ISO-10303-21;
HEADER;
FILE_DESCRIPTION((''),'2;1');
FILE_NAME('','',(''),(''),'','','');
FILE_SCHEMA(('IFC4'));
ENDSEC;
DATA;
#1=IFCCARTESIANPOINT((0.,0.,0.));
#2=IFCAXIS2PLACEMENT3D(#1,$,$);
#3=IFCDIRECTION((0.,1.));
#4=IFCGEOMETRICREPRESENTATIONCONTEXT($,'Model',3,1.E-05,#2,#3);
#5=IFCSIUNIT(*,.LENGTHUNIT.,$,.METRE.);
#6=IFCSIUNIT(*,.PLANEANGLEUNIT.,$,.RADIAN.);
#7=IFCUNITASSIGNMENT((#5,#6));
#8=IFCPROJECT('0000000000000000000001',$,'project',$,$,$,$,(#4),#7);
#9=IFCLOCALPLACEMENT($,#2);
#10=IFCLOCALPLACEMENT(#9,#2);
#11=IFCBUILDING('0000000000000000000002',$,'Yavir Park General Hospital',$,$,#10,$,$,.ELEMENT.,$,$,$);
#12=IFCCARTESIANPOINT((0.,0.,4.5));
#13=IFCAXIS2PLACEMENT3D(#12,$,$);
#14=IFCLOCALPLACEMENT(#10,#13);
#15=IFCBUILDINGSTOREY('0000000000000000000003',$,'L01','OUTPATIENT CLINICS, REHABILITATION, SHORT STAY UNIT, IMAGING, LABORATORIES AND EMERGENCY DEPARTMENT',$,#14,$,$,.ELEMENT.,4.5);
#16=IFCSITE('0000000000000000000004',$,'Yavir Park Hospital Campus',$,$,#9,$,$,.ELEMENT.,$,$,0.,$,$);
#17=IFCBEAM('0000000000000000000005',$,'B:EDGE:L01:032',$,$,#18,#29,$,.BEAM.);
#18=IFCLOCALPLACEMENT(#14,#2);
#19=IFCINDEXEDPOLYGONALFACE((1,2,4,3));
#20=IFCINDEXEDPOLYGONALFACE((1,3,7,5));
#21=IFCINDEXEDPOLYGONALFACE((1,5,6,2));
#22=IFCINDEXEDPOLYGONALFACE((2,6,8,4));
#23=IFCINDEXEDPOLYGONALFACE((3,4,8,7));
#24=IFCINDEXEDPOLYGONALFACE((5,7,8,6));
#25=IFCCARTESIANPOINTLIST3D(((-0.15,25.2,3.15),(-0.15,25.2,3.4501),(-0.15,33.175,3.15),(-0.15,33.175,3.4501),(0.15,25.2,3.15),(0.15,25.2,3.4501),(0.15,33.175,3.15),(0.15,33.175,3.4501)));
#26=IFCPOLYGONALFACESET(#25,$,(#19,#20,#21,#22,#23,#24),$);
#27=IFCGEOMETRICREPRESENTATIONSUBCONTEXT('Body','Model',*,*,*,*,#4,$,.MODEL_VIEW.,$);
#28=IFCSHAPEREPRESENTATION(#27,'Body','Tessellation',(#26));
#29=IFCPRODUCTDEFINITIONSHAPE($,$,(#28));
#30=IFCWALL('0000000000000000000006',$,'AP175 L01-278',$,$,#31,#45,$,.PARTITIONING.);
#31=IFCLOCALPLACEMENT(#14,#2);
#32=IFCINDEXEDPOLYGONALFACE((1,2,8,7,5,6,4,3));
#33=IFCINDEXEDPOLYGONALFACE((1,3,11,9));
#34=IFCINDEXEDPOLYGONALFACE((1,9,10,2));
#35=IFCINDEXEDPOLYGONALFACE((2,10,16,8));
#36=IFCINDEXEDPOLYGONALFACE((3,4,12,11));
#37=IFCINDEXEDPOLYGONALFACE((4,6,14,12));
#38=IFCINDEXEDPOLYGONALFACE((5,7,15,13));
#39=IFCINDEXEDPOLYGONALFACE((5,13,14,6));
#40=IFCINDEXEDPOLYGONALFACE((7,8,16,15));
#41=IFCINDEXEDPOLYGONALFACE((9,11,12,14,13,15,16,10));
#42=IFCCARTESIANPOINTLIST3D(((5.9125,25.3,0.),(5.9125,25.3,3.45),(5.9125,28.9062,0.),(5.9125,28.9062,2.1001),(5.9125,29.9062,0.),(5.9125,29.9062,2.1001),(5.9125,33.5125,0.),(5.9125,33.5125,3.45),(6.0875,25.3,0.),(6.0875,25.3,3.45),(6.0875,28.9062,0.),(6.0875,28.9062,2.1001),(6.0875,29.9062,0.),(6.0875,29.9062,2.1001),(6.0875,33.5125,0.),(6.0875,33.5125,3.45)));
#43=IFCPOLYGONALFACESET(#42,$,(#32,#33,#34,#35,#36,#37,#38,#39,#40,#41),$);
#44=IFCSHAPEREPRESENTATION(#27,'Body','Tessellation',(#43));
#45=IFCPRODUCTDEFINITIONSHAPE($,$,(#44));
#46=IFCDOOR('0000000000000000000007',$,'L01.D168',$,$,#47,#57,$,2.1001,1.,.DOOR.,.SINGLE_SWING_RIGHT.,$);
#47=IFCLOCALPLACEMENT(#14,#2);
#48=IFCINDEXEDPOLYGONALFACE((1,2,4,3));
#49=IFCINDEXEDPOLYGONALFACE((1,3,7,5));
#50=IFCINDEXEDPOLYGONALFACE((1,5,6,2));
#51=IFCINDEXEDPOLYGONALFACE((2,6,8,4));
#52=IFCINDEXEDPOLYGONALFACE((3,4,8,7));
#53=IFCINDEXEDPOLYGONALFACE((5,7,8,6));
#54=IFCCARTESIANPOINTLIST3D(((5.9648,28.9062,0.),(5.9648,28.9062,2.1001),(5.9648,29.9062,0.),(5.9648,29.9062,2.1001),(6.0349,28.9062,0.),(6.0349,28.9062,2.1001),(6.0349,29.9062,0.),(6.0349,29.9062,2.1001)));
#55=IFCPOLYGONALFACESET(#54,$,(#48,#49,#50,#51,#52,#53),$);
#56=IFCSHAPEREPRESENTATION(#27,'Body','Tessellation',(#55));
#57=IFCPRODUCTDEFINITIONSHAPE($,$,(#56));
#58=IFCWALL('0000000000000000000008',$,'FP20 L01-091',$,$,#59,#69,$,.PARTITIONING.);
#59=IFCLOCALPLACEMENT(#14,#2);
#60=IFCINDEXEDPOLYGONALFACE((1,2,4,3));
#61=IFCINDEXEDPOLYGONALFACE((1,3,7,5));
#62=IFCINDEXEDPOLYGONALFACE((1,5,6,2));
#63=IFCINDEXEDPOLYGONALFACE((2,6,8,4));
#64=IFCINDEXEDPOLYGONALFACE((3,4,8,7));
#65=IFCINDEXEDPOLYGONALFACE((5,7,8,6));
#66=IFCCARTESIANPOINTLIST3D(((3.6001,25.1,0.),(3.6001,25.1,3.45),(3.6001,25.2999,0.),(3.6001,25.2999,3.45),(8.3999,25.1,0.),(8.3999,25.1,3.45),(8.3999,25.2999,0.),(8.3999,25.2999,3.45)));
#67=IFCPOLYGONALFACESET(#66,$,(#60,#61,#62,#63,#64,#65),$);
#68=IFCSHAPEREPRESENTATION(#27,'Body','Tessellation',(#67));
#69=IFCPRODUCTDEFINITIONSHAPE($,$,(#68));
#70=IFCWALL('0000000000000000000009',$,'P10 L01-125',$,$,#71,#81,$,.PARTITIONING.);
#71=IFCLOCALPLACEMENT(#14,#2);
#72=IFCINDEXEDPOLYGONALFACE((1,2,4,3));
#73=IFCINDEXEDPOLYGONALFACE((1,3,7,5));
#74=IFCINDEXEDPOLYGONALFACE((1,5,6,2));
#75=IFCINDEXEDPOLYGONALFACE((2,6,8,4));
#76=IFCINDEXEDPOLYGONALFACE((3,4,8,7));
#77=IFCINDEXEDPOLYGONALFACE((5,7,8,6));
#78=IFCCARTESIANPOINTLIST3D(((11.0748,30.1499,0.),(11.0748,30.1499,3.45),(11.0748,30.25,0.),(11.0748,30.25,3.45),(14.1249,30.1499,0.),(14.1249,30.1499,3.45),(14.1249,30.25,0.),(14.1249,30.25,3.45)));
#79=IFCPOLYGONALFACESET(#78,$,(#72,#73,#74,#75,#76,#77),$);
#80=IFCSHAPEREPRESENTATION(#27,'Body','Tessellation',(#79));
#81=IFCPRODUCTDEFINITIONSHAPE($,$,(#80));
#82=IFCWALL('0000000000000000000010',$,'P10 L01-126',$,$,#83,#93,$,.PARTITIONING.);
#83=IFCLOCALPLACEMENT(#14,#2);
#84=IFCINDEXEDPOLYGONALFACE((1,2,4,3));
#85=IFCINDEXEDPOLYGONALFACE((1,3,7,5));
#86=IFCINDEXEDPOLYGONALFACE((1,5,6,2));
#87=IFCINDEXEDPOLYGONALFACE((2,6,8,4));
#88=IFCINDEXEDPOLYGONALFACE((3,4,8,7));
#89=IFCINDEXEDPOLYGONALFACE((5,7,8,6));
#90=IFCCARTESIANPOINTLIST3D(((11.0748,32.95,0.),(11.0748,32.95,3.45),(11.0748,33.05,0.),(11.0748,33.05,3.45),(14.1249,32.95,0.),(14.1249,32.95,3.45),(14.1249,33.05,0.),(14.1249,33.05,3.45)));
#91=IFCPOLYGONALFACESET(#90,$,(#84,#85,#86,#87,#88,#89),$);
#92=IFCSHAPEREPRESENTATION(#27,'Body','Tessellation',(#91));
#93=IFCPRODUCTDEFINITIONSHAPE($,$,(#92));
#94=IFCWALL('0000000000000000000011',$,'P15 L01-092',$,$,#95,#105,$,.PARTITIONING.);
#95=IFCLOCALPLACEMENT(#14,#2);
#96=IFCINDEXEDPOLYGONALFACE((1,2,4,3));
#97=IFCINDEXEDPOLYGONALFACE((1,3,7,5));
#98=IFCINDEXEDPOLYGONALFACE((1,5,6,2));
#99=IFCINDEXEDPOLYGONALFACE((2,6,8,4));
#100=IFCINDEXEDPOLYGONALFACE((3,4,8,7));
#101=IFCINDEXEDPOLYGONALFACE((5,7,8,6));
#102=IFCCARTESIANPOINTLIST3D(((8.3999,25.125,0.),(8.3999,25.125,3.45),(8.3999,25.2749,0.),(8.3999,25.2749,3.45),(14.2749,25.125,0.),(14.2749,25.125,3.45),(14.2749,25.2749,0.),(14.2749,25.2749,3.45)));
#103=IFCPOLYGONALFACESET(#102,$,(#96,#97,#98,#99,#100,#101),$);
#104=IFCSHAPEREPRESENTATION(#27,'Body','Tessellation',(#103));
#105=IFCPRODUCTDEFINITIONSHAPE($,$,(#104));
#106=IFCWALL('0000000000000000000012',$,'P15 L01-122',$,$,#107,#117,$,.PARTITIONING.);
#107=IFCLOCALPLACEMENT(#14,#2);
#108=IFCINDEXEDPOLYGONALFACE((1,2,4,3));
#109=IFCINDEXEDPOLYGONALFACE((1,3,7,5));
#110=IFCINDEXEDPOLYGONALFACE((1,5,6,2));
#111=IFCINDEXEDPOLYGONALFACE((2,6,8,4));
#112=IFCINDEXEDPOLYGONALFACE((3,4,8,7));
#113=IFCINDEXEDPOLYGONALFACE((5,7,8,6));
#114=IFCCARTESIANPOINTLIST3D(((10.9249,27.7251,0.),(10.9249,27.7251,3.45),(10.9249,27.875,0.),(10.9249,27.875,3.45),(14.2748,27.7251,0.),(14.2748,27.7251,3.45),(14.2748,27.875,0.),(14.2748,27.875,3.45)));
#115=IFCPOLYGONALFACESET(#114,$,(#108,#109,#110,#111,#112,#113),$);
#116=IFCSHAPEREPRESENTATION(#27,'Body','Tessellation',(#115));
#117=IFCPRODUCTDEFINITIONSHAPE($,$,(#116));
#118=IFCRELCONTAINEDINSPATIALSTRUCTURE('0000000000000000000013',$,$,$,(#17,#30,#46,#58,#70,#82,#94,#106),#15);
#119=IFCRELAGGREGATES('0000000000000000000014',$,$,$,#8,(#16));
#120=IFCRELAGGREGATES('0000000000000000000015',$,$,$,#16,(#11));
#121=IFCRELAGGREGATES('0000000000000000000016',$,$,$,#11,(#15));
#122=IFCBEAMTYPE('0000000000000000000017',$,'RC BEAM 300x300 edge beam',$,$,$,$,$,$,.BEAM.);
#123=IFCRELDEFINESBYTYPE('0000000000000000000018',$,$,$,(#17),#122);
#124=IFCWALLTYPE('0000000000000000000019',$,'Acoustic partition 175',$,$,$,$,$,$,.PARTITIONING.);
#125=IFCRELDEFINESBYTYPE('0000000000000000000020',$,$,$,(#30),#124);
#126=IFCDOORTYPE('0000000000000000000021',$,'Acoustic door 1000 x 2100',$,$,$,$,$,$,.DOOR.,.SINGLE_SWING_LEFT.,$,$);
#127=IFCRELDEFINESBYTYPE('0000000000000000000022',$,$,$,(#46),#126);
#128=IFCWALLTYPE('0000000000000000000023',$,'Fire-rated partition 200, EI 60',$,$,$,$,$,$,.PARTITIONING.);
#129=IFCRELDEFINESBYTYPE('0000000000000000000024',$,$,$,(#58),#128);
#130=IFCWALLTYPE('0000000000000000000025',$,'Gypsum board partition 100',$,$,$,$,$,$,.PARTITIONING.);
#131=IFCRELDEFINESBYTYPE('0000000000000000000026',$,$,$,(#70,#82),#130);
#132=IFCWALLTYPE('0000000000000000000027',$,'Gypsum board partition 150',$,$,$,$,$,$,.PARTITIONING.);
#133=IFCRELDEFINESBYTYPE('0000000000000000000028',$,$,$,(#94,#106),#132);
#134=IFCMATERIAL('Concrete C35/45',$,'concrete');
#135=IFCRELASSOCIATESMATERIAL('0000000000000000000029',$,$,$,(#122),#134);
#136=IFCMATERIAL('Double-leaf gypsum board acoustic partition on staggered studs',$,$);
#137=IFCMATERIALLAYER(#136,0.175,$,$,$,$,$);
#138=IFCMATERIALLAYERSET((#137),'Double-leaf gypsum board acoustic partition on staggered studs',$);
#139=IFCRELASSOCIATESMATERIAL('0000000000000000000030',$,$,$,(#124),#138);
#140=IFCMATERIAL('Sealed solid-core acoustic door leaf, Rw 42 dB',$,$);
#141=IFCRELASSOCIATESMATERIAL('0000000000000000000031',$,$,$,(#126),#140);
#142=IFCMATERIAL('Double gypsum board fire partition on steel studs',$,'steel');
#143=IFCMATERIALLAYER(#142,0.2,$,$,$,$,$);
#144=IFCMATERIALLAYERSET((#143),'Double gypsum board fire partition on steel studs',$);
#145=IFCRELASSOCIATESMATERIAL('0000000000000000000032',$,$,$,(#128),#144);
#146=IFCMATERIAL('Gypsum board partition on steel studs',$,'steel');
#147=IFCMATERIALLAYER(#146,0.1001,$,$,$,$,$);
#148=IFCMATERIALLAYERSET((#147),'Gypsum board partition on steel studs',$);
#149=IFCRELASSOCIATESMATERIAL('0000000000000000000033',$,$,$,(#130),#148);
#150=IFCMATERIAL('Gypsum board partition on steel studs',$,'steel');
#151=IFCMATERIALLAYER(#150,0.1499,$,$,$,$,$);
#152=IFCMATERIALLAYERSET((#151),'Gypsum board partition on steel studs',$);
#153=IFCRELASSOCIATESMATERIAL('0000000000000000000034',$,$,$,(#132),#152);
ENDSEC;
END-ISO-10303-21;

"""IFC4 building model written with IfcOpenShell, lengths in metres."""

from ifc_helpers import new_model, si_unit, direction, frame, frame_2d, origin, origin_2d, place, context, subcontext, project, spatial, rectangle, extrude, material, layer, layer_set, material_profile, profile_set, type_object, element, fill, save


model = new_model("IFC4")

# Units and contexts
model_context = context("Model", 3, precision=1e-05, world=origin(), true_north=direction((0.0, 1.0)))
body_context = subcontext(model_context, "Body", "Model", "MODEL_VIEW")
ifc_project = project(units=[si_unit("LENGTHUNIT", "METRE"), si_unit("PLANEANGLEUNIT", "RADIAN")], contexts=[model_context])

# Site, building, storey
site_placement = place(None, origin())
site = spatial("IfcSite", under=ifc_project, at=site_placement, Name="Yavir Park Hospital Campus", CompositionType="ELEMENT", RefElevation=0.0)
building_placement = place(site_placement, origin())
building = spatial("IfcBuilding", under=site, at=building_placement, Name="Yavir Park General Hospital", CompositionType="ELEMENT")
storey_placement = place(building_placement, frame((0.0, 0.0, 4.5)))
storey = spatial("IfcBuildingStorey", under=building, at=storey_placement, Name="L01", Description="OUTPATIENT CLINICS, REHABILITATION, SHORT STAY UNIT, IMAGING, LABORATORIES AND EMERGENCY DEPARTMENT", CompositionType="ELEMENT", Elevation=4.5)

# Beam
ifc_material_1 = material(Name="Concrete C35/45", Category="concrete")
ifc_material_profile = material_profile(ifc_material_1, rectangle(XDim=0.3, YDim=0.3, at=origin_2d()), Name="RC300x300")
ifc_profile_set = profile_set([ifc_material_profile], Name="Concrete C35/45")
beam_type = type_object("IfcBeamType", Name="RC BEAM 300x300 edge beam", PredefinedType="BEAM", material=ifc_profile_set)
beam_placement = place(storey_placement, frame((0.0, 25.2, 3.3), z_axis=(0.0, 1.0, 0.0), x_axis=(-1.0, 0.0, 0.0)))
element("IfcBeam", 1, at=beam_placement, inside=storey, type_object=beam_type, Name="B:EDGE:L01:032", PredefinedType="BEAM", context=body_context, shape_type="SweptSolid", body=[
    extrude(rectangle(XDim=0.3, YDim=0.3, at=origin_2d()), origin(), (0.0, 0.0, 1.0), 7.9751),
])

# Wall, opening, door
ifc_material_2 = material(Name="Double-leaf gypsum board acoustic partition on staggered studs")
ifc_layer_1 = layer(ifc_material_2, 0.175)
ifc_layer_set_1 = layer_set([ifc_layer_1], Name="Double-leaf gypsum board acoustic partition on staggered studs")
wall_type_1 = type_object("IfcWallType", Name="Acoustic partition 175", PredefinedType="PARTITIONING", material=ifc_layer_set_1)
wall_1_placement = place(storey_placement, frame((6.0, 25.3, 0.0), z_axis=(0.0, 0.0, 1.0), x_axis=(0.0, 1.0, 0.0)))
wall_1 = element("IfcWall", 2, at=wall_1_placement, inside=storey, type_object=wall_type_1, Name="AP175 L01-278", PredefinedType="PARTITIONING", context=body_context, shape_type="SweptSolid", body=[
    extrude(rectangle(XDim=8.2124, YDim=0.175, at=frame_2d((4.1062, 0.0))), origin(), (0.0, 0.0, 1.0), 3.45),
])
opening_1_placement = place(wall_1_placement, frame((3.6062, 0.0, 0.0)))
opening_1 = element("IfcOpeningElement", 3, at=opening_1_placement, cuts=wall_1, PredefinedType="OPENING", context=body_context, shape_type="SweptSolid", body=[
    extrude(rectangle(XDim=1.0, YDim=2.1001, at=frame_2d((0.5, 1.05))), frame((0.0, 0.0974, 0.0), z_axis=(0.0, -1.0, 0.0), x_axis=(1.0, 0.0, 0.0)), (0.0, 0.0, 1.0), 0.1951),
])
ifc_material_3 = material(Name="Sealed solid-core acoustic door leaf, Rw 42 dB")
door_type_1 = type_object("IfcDoorType", Name="Acoustic door 1000 x 2100", OperationType="SINGLE_SWING_LEFT", PredefinedType="DOOR", material=ifc_material_3)
door_1_placement = place(opening_1_placement, origin())
door_1 = element("IfcDoor", 4, at=door_1_placement, inside=storey, type_object=door_type_1, Name="L01.D168", OperationType="SINGLE_SWING_RIGHT", OverallHeight=2.1001, OverallWidth=1.0, PredefinedType="DOOR", context=body_context, shape_type="SweptSolid", body=[
    extrude(rectangle(XDim=1.0, YDim=2.1001, at=frame_2d((0.5, 1.05))), frame((0.0, 0.0352, 0.0), z_axis=(0.0, -1.0, 0.0), x_axis=(1.0, 0.0, 0.0)), (0.0, 0.0, 1.0), 0.0701),
])
fill(opening_1, door_1)

# Walls
ifc_material_4 = material(Name="Double gypsum board fire partition on steel studs", Category="steel")
ifc_layer_2 = layer(ifc_material_4, 0.2)
ifc_layer_set_2 = layer_set([ifc_layer_2], Name="Double gypsum board fire partition on steel studs")
wall_type_2 = type_object("IfcWallType", Name="Fire-rated partition 200, EI 60", PredefinedType="PARTITIONING", material=ifc_layer_set_2)
wall_2_placement = place(storey_placement, frame((3.6001, 25.2, 0.0), z_axis=(0.0, 0.0, 1.0), x_axis=(1.0, 0.0, 0.0)))
element("IfcWall", 5, at=wall_2_placement, inside=storey, type_object=wall_type_2, Name="FP20 L01-091", PredefinedType="PARTITIONING", context=body_context, shape_type="SweptSolid", body=[
    extrude(rectangle(XDim=4.7998, YDim=0.2, at=frame_2d((2.3999, 0.0))), origin(), (0.0, 0.0, 1.0), 3.45),
])
ifc_material_5 = material(Name="Gypsum board partition on steel studs", Category="steel")
ifc_layer_3 = layer(ifc_material_5, 0.1001)
ifc_layer_set_3 = layer_set([ifc_layer_3], Name="Gypsum board partition on steel studs")
wall_type_3 = type_object("IfcWallType", Name="Gypsum board partition 100", PredefinedType="PARTITIONING", material=ifc_layer_set_3)
for number, where, z_axis, x_axis, name in (
    (6, (11.075, 30.2, 0.0), (0.0, 0.0, 1.0), (1.0, 0.0, 0.0), "P10 L01-125"),
    (7, (11.075, 33.0, 0.0), (0.0, 0.0, 1.0), (1.0, 0.0, 0.0), "P10 L01-126"),
):
    element("IfcWall", number, at=place(storey_placement, frame(where, z_axis=z_axis, x_axis=x_axis)), inside=storey, type_object=wall_type_3, Name=name, PredefinedType="PARTITIONING", context=body_context, shape_type="SweptSolid", body=[
        extrude(rectangle(XDim=3.05, YDim=0.1001, at=frame_2d((1.5249, 0.0))), origin(), (0.0, 0.0, 1.0), 3.45),
    ])
ifc_material_6 = material(Name="Gypsum board partition on steel studs", Category="steel")
ifc_layer_4 = layer(ifc_material_6, 0.1499)
ifc_layer_set_4 = layer_set([ifc_layer_4], Name="Gypsum board partition on steel studs")
wall_type_4 = type_object("IfcWallType", Name="Gypsum board partition 150", PredefinedType="PARTITIONING", material=ifc_layer_set_4)
wall_3_placement = place(storey_placement, frame((8.3999, 25.2, 0.0), z_axis=(0.0, 0.0, 1.0), x_axis=(1.0, 0.0, 0.0)))
element("IfcWall", 8, at=wall_3_placement, inside=storey, type_object=wall_type_4, Name="P15 L01-092", PredefinedType="PARTITIONING", context=body_context, shape_type="SweptSolid", body=[
    extrude(rectangle(XDim=5.875, YDim=0.1499, at=frame_2d((2.9375, 0.0))), origin(), (0.0, 0.0, 1.0), 3.45),
])
wall_4_placement = place(storey_placement, frame((10.925, 27.8, 0.0), z_axis=(0.0, 0.0, 1.0), x_axis=(1.0, 0.0, 0.0)))
element("IfcWall", 9, at=wall_4_placement, inside=storey, type_object=wall_type_4, Name="P15 L01-122", PredefinedType="PARTITIONING", context=body_context, shape_type="SweptSolid", body=[
    extrude(rectangle(XDim=3.3499, YDim=0.1499, at=frame_2d((1.6748, 0.0))), origin(), (0.0, 0.0, 1.0), 3.45),
])

save(model, "model.ifc")
